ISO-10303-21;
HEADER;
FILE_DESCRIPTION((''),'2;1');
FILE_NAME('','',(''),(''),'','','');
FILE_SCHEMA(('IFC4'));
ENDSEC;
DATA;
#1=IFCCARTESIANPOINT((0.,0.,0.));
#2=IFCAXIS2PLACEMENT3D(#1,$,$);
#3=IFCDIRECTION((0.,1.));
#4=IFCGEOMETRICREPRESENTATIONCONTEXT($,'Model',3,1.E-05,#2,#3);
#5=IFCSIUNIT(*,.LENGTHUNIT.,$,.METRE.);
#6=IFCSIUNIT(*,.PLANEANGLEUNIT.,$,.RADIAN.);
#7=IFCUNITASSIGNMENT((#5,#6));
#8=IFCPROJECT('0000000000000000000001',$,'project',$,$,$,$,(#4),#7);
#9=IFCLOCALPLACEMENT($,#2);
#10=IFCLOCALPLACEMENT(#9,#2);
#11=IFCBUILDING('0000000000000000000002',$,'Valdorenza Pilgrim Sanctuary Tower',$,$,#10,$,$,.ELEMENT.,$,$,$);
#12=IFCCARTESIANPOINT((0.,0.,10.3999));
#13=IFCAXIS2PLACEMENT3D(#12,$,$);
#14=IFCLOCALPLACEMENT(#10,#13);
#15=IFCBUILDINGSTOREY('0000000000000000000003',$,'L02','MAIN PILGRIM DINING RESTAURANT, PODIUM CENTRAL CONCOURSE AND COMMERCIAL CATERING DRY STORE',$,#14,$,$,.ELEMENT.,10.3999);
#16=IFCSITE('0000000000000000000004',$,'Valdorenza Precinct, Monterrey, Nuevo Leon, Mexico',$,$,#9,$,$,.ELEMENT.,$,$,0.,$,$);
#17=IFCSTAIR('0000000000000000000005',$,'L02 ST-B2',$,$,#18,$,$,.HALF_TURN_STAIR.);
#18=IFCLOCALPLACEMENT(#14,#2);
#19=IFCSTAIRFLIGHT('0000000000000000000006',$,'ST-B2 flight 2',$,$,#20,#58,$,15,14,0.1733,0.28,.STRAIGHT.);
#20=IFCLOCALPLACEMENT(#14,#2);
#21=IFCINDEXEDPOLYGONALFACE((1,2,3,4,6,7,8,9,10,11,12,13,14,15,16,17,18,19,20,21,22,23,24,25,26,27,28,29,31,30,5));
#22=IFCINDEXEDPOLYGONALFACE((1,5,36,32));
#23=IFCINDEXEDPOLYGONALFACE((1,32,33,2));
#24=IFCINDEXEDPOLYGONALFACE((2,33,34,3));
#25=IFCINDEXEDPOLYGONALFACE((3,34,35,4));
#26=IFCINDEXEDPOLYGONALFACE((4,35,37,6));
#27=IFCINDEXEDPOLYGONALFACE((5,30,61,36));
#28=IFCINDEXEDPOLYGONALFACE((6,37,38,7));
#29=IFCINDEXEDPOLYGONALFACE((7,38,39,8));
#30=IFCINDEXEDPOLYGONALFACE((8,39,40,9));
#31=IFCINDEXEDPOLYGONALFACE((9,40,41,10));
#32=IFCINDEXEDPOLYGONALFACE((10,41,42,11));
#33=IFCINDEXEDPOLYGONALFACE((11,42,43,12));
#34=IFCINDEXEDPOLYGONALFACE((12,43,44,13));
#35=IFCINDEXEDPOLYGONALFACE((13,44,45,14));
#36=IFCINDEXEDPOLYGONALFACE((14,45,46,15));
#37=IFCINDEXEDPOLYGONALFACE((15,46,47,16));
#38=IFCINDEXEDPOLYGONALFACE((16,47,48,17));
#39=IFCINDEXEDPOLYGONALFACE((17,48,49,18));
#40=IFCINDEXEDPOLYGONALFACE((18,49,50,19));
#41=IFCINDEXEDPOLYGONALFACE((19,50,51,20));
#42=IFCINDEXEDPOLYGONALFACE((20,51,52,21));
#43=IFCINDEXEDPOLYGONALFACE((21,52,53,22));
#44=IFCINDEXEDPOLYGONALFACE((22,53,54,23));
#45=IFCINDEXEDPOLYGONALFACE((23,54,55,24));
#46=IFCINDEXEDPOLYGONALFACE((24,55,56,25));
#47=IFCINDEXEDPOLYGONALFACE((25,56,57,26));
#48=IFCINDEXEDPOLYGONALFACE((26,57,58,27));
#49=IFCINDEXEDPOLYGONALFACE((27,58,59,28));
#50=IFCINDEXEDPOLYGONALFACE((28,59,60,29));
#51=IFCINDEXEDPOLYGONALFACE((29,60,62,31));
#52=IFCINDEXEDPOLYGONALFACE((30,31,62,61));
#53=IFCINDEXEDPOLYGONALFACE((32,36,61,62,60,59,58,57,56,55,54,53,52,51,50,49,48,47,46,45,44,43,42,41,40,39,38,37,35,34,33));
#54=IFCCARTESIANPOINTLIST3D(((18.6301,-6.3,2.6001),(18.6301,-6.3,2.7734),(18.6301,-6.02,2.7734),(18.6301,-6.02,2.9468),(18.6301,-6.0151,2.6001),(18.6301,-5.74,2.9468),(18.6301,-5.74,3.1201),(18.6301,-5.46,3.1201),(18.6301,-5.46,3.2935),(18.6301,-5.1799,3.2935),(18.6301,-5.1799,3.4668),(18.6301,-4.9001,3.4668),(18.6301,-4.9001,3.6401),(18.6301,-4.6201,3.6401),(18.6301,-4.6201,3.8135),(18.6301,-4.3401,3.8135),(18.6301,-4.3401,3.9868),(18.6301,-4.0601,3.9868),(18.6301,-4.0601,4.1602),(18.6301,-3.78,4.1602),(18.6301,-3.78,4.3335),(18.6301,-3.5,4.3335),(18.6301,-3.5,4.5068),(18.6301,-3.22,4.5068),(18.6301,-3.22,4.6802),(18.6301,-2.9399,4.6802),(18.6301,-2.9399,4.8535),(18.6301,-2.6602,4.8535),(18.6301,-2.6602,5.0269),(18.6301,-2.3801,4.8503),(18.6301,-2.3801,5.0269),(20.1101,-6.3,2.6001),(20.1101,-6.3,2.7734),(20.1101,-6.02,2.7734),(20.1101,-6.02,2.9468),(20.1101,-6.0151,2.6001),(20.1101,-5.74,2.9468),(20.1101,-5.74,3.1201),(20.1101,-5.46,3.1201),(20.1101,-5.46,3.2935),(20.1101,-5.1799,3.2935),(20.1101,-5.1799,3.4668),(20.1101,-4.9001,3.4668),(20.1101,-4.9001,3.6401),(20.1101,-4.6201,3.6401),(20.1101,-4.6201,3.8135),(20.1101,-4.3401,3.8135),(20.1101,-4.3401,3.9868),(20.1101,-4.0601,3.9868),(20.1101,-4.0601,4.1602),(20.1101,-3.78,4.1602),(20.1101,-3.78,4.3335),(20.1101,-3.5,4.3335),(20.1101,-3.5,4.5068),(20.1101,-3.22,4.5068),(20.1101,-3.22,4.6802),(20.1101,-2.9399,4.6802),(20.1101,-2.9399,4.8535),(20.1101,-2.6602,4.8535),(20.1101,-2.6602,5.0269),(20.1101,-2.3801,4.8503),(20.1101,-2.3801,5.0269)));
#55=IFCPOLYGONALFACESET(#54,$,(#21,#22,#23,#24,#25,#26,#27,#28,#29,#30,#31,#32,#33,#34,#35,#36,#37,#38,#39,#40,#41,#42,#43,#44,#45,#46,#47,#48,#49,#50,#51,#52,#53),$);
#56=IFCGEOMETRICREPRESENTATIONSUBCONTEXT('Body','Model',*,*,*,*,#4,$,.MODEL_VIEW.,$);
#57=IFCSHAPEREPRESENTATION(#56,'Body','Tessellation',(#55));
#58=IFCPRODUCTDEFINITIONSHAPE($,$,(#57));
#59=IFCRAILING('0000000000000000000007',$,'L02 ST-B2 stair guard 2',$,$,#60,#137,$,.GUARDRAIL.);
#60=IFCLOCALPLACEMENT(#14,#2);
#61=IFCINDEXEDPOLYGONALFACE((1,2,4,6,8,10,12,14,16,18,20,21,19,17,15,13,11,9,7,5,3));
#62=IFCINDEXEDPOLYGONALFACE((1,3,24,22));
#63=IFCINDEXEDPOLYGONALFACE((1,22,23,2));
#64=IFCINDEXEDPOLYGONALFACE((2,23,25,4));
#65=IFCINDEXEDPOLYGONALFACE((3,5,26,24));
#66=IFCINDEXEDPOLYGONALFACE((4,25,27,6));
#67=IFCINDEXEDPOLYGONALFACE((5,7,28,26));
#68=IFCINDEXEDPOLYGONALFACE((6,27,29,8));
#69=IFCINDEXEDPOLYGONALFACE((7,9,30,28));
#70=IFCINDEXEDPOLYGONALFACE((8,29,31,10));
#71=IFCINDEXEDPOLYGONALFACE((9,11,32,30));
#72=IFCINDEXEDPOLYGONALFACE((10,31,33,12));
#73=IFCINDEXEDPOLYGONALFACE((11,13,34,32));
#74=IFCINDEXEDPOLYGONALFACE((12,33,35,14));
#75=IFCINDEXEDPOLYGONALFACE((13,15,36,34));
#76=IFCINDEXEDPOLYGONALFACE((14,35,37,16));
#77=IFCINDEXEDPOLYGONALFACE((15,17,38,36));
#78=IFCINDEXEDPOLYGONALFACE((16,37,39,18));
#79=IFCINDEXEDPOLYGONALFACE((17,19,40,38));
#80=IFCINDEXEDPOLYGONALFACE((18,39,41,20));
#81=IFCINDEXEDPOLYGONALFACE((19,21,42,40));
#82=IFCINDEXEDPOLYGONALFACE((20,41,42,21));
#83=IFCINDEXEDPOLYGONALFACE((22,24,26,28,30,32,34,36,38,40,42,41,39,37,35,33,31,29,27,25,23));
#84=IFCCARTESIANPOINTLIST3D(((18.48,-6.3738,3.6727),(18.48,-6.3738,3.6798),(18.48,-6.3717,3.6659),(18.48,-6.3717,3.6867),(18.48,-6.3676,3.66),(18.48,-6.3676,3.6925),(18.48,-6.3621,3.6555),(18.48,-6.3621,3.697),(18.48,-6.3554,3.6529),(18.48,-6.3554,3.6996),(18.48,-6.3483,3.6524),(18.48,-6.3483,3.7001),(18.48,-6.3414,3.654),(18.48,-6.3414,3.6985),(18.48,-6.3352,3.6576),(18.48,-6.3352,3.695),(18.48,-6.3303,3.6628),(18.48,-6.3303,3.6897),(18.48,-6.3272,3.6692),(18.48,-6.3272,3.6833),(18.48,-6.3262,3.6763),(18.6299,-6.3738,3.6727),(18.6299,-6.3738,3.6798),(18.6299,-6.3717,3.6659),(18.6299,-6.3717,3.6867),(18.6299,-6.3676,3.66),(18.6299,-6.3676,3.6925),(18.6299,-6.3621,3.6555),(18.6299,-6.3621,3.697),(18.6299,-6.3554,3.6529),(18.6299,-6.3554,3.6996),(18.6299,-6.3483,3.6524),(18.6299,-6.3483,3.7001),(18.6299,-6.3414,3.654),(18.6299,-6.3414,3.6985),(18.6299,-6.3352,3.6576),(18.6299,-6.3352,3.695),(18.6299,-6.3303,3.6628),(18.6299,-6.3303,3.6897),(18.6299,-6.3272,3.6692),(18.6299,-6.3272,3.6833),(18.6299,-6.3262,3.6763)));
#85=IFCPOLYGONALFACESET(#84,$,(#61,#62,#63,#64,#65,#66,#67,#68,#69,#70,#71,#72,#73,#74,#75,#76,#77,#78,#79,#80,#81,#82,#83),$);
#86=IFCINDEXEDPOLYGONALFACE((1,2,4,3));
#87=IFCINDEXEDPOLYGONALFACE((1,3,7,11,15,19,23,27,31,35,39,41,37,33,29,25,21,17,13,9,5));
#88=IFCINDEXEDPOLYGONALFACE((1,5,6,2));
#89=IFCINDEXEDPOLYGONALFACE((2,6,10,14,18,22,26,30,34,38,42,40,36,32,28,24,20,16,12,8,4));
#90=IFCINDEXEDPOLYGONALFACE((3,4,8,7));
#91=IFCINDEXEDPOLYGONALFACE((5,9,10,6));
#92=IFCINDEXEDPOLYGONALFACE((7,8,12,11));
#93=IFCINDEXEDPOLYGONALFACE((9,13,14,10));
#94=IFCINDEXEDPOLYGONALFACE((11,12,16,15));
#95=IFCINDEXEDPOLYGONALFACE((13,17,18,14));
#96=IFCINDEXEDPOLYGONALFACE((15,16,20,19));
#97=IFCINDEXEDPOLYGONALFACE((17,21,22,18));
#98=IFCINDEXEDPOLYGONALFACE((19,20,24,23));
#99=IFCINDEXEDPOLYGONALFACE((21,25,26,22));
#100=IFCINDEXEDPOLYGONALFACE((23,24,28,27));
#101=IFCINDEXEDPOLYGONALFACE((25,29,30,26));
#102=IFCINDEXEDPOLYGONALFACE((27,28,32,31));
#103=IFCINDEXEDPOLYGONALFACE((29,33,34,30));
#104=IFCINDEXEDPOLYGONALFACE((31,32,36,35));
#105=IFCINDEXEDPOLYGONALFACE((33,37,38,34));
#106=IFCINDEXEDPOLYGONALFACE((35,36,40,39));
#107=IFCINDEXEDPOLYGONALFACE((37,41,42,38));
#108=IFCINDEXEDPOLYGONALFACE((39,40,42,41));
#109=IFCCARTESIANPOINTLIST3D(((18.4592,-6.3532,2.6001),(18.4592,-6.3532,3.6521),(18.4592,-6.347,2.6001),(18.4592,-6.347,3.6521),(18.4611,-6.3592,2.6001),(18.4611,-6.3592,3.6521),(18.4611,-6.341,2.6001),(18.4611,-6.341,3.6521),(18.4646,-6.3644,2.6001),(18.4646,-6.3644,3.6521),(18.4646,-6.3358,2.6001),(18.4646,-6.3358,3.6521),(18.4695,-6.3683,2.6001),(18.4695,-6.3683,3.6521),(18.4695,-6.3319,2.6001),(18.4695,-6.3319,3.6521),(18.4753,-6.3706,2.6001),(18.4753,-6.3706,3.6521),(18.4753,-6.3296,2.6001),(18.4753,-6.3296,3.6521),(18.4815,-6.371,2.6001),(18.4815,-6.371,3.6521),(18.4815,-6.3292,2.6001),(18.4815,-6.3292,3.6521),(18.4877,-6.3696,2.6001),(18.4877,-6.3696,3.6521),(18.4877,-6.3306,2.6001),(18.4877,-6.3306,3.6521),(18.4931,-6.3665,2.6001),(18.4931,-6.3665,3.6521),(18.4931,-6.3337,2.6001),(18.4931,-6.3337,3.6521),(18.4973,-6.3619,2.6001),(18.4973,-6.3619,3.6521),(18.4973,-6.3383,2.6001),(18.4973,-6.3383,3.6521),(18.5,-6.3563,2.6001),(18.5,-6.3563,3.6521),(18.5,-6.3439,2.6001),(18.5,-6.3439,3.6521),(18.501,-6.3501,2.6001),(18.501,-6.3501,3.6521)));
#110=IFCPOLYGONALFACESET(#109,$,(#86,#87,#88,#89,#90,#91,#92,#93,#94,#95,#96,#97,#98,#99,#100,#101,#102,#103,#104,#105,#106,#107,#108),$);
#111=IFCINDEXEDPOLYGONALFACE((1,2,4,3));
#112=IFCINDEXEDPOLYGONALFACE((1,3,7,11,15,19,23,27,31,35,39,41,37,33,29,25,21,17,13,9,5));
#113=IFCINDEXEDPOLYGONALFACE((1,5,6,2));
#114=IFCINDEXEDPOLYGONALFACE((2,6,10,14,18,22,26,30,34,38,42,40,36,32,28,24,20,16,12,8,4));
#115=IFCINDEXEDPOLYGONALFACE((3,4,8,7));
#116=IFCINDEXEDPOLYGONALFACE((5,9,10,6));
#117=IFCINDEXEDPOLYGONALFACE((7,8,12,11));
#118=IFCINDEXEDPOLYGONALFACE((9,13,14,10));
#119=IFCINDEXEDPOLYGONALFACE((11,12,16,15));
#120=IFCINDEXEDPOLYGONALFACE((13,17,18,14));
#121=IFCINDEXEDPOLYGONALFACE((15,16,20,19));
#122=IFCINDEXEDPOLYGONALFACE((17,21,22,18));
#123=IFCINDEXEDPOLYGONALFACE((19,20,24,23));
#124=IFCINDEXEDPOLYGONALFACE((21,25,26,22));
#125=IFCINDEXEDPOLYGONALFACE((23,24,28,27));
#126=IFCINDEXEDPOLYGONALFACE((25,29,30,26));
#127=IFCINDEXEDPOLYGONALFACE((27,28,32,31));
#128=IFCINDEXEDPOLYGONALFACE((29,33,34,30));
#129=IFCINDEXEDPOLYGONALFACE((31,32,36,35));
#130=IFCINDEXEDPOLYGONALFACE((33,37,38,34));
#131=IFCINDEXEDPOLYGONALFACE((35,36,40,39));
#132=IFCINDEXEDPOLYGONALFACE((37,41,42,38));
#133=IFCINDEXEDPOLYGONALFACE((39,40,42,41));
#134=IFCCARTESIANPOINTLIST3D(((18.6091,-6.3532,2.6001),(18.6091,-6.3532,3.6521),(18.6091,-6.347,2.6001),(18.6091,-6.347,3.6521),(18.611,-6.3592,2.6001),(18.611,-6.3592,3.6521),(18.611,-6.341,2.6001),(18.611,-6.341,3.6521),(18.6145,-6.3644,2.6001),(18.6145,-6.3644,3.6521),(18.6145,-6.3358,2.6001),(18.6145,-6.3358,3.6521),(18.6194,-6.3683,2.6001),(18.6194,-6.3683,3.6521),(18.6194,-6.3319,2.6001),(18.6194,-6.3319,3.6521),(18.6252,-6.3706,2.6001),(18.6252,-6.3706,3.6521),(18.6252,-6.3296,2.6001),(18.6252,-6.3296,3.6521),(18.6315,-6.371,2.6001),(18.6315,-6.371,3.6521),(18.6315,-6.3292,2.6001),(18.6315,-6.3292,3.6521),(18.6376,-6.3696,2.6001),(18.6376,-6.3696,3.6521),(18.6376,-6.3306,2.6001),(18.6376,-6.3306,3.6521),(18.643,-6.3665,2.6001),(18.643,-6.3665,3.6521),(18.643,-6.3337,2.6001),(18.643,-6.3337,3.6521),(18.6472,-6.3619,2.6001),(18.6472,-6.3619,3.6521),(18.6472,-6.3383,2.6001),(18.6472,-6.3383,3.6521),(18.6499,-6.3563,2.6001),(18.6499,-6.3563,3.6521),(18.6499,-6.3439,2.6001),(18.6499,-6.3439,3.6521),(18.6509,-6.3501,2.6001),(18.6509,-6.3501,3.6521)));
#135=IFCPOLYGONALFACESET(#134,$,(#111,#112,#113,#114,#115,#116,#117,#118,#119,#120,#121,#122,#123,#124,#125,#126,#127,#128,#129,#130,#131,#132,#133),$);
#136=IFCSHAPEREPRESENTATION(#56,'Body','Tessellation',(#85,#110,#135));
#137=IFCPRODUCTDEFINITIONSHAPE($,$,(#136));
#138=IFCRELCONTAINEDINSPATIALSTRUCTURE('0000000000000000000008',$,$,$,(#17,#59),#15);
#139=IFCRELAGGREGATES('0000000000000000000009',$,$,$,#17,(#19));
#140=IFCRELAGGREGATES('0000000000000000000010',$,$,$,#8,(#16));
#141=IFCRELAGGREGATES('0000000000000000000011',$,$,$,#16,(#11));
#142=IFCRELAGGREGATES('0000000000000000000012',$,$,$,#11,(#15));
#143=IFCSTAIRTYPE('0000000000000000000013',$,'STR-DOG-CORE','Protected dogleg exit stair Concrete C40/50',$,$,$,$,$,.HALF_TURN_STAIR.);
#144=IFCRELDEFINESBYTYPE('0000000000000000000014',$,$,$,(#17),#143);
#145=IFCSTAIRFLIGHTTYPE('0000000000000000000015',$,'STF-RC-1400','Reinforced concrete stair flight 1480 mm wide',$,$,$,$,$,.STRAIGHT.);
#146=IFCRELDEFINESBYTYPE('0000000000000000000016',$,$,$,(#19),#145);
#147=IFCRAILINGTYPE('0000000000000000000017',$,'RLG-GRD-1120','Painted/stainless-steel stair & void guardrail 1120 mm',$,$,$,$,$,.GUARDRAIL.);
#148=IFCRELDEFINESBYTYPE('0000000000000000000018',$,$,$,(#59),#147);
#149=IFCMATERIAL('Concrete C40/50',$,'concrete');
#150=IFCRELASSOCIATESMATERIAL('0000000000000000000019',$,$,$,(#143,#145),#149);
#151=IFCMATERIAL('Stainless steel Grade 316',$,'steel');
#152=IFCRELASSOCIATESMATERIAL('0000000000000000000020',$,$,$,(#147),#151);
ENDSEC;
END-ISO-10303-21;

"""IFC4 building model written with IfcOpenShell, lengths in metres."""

from ifc_helpers import new_model, si_unit, direction, frame, origin, origin_2d, place, context, subcontext, project, spatial, polyline, circle, outline, extrude, material, type_object, element, aggregate, save


model = new_model("IFC4")

# Units and contexts
model_context = context("Model", 3, precision=1e-05, world=origin(), true_north=direction((0.0, 1.0)))
body_context = subcontext(model_context, "Body", "Model", "MODEL_VIEW")
ifc_project = project(units=[si_unit("LENGTHUNIT", "METRE"), si_unit("PLANEANGLEUNIT", "RADIAN")], contexts=[model_context])

# Site, building, storey
site_placement = place(None, origin())
site = spatial("IfcSite", under=ifc_project, at=site_placement, Name="Valdorenza Precinct, Monterrey, Nuevo Leon, Mexico", CompositionType="ELEMENT", RefElevation=0.0)
building_placement = place(site_placement, origin())
building = spatial("IfcBuilding", under=site, at=building_placement, Name="Valdorenza Pilgrim Sanctuary Tower", CompositionType="ELEMENT")
storey_placement = place(building_placement, frame((0.0, 0.0, 10.3999)))
storey = spatial("IfcBuildingStorey", under=building, at=storey_placement, Name="L02", Description="MAIN PILGRIM DINING RESTAURANT, PODIUM CENTRAL CONCOURSE AND COMMERCIAL CATERING DRY STORE", CompositionType="ELEMENT", Elevation=10.3999)

# Shared definitions
ifc_material_1 = material(Name="Concrete C40/50", Category="concrete")

# Stair, stair flight
stair_type = type_object("IfcStairType", Name="STR-DOG-CORE", Description="Protected dogleg exit stair Concrete C40/50", PredefinedType="HALF_TURN_STAIR", material=ifc_material_1)
stair_placement = place(storey_placement, origin())
stair = element("IfcStair", 1, at=stair_placement, inside=storey, type_object=stair_type, Name="L02 ST-B2", PredefinedType="HALF_TURN_STAIR")
stair_flight_type = type_object("IfcStairFlightType", Name="STF-RC-1400", Description="Reinforced concrete stair flight 1480 mm wide", PredefinedType="STRAIGHT", material=ifc_material_1)
stair_flight_placement = place(storey_placement, frame((19.3701, -6.3, 2.6001), z_axis=(0.0, 0.0, 1.0), x_axis=(0.0, 1.0, 0.0)))
stair_flight = element("IfcStairFlight", 2, at=stair_flight_placement, type_object=stair_flight_type, Name="ST-B2 flight 2", NumberOfRisers=15, NumberOfTreads=14, PredefinedType="STRAIGHT", RiserHeight=0.1733, TreadLength=0.28, context=body_context, shape_type="SweptSolid", body=[
    extrude(outline(polyline([(0.0, 0.0), (0.0, 0.1733), (0.28, 0.1733), (0.28, 0.3467), (0.5601, 0.3467), (0.5601, 0.52), (0.8401, 0.52), (0.8401, 0.6934), (1.1201, 0.6934), (1.1201, 0.8667), (1.3999, 0.8667), (1.3999, 1.04), (1.6799, 1.04), (1.6799, 1.2134), (1.96, 1.2134), (1.96, 1.3867), (2.24, 1.3867), (2.24, 1.5601), (2.52, 1.5601), (2.52, 1.7334), (2.8, 1.7334), (2.8, 1.9067), (3.0801, 1.9067), (3.0801, 2.0801), (3.3601, 2.0801), (3.3601, 2.2534), (3.6399, 2.2534), (3.6399, 2.4268), (3.9199, 2.4268), (3.9199, 2.6001), (3.9199, 2.2502), (0.2849, 0.0), (0.0, 0.0)])), frame((0.0, 0.74, 0.0), z_axis=(0.0, -1.0, 0.0), x_axis=(1.0, 0.0, 0.0)), (0.0, 0.0, 1.0), 1.48),
])
aggregate(stair, [stair_flight])

# Railing
ifc_material_2 = material(Name="Stainless steel Grade 316", Category="steel")
railing_type_1 = type_object("IfcRailingType", Name="RLG-GRD-1120", Description="Painted/stainless-steel stair & void guardrail 1120 mm", PredefinedType="GUARDRAIL", material=ifc_material_2)
railing_1_placement = place(storey_placement, frame((18.48, -6.3501, 2.6001)))
element("IfcRailing", 3, at=railing_1_placement, inside=storey, type_object=railing_type_1, Name="L02 ST-B2 stair guard 2", PredefinedType="GUARDRAIL", context=body_context, shape_type="SweptSolid", body=[
    extrude(circle(Radius=0.0239, at=origin_2d()), frame((0.0, 0.0, 1.0762), z_axis=(1.0, 0.0, 0.0), x_axis=(0.0, 1.0, 0.0)), (0.0, 0.0, 1.0), 0.1499),
    extrude(circle(Radius=0.021, at=origin_2d()), origin(), (0.0, 0.0, 1.0), 1.052),
    extrude(circle(Radius=0.021, at=origin_2d()), frame((0.1499, 0.0, 0.0)), (0.0, 0.0, 1.0), 1.052),
])

save(model, "model.ifc")
